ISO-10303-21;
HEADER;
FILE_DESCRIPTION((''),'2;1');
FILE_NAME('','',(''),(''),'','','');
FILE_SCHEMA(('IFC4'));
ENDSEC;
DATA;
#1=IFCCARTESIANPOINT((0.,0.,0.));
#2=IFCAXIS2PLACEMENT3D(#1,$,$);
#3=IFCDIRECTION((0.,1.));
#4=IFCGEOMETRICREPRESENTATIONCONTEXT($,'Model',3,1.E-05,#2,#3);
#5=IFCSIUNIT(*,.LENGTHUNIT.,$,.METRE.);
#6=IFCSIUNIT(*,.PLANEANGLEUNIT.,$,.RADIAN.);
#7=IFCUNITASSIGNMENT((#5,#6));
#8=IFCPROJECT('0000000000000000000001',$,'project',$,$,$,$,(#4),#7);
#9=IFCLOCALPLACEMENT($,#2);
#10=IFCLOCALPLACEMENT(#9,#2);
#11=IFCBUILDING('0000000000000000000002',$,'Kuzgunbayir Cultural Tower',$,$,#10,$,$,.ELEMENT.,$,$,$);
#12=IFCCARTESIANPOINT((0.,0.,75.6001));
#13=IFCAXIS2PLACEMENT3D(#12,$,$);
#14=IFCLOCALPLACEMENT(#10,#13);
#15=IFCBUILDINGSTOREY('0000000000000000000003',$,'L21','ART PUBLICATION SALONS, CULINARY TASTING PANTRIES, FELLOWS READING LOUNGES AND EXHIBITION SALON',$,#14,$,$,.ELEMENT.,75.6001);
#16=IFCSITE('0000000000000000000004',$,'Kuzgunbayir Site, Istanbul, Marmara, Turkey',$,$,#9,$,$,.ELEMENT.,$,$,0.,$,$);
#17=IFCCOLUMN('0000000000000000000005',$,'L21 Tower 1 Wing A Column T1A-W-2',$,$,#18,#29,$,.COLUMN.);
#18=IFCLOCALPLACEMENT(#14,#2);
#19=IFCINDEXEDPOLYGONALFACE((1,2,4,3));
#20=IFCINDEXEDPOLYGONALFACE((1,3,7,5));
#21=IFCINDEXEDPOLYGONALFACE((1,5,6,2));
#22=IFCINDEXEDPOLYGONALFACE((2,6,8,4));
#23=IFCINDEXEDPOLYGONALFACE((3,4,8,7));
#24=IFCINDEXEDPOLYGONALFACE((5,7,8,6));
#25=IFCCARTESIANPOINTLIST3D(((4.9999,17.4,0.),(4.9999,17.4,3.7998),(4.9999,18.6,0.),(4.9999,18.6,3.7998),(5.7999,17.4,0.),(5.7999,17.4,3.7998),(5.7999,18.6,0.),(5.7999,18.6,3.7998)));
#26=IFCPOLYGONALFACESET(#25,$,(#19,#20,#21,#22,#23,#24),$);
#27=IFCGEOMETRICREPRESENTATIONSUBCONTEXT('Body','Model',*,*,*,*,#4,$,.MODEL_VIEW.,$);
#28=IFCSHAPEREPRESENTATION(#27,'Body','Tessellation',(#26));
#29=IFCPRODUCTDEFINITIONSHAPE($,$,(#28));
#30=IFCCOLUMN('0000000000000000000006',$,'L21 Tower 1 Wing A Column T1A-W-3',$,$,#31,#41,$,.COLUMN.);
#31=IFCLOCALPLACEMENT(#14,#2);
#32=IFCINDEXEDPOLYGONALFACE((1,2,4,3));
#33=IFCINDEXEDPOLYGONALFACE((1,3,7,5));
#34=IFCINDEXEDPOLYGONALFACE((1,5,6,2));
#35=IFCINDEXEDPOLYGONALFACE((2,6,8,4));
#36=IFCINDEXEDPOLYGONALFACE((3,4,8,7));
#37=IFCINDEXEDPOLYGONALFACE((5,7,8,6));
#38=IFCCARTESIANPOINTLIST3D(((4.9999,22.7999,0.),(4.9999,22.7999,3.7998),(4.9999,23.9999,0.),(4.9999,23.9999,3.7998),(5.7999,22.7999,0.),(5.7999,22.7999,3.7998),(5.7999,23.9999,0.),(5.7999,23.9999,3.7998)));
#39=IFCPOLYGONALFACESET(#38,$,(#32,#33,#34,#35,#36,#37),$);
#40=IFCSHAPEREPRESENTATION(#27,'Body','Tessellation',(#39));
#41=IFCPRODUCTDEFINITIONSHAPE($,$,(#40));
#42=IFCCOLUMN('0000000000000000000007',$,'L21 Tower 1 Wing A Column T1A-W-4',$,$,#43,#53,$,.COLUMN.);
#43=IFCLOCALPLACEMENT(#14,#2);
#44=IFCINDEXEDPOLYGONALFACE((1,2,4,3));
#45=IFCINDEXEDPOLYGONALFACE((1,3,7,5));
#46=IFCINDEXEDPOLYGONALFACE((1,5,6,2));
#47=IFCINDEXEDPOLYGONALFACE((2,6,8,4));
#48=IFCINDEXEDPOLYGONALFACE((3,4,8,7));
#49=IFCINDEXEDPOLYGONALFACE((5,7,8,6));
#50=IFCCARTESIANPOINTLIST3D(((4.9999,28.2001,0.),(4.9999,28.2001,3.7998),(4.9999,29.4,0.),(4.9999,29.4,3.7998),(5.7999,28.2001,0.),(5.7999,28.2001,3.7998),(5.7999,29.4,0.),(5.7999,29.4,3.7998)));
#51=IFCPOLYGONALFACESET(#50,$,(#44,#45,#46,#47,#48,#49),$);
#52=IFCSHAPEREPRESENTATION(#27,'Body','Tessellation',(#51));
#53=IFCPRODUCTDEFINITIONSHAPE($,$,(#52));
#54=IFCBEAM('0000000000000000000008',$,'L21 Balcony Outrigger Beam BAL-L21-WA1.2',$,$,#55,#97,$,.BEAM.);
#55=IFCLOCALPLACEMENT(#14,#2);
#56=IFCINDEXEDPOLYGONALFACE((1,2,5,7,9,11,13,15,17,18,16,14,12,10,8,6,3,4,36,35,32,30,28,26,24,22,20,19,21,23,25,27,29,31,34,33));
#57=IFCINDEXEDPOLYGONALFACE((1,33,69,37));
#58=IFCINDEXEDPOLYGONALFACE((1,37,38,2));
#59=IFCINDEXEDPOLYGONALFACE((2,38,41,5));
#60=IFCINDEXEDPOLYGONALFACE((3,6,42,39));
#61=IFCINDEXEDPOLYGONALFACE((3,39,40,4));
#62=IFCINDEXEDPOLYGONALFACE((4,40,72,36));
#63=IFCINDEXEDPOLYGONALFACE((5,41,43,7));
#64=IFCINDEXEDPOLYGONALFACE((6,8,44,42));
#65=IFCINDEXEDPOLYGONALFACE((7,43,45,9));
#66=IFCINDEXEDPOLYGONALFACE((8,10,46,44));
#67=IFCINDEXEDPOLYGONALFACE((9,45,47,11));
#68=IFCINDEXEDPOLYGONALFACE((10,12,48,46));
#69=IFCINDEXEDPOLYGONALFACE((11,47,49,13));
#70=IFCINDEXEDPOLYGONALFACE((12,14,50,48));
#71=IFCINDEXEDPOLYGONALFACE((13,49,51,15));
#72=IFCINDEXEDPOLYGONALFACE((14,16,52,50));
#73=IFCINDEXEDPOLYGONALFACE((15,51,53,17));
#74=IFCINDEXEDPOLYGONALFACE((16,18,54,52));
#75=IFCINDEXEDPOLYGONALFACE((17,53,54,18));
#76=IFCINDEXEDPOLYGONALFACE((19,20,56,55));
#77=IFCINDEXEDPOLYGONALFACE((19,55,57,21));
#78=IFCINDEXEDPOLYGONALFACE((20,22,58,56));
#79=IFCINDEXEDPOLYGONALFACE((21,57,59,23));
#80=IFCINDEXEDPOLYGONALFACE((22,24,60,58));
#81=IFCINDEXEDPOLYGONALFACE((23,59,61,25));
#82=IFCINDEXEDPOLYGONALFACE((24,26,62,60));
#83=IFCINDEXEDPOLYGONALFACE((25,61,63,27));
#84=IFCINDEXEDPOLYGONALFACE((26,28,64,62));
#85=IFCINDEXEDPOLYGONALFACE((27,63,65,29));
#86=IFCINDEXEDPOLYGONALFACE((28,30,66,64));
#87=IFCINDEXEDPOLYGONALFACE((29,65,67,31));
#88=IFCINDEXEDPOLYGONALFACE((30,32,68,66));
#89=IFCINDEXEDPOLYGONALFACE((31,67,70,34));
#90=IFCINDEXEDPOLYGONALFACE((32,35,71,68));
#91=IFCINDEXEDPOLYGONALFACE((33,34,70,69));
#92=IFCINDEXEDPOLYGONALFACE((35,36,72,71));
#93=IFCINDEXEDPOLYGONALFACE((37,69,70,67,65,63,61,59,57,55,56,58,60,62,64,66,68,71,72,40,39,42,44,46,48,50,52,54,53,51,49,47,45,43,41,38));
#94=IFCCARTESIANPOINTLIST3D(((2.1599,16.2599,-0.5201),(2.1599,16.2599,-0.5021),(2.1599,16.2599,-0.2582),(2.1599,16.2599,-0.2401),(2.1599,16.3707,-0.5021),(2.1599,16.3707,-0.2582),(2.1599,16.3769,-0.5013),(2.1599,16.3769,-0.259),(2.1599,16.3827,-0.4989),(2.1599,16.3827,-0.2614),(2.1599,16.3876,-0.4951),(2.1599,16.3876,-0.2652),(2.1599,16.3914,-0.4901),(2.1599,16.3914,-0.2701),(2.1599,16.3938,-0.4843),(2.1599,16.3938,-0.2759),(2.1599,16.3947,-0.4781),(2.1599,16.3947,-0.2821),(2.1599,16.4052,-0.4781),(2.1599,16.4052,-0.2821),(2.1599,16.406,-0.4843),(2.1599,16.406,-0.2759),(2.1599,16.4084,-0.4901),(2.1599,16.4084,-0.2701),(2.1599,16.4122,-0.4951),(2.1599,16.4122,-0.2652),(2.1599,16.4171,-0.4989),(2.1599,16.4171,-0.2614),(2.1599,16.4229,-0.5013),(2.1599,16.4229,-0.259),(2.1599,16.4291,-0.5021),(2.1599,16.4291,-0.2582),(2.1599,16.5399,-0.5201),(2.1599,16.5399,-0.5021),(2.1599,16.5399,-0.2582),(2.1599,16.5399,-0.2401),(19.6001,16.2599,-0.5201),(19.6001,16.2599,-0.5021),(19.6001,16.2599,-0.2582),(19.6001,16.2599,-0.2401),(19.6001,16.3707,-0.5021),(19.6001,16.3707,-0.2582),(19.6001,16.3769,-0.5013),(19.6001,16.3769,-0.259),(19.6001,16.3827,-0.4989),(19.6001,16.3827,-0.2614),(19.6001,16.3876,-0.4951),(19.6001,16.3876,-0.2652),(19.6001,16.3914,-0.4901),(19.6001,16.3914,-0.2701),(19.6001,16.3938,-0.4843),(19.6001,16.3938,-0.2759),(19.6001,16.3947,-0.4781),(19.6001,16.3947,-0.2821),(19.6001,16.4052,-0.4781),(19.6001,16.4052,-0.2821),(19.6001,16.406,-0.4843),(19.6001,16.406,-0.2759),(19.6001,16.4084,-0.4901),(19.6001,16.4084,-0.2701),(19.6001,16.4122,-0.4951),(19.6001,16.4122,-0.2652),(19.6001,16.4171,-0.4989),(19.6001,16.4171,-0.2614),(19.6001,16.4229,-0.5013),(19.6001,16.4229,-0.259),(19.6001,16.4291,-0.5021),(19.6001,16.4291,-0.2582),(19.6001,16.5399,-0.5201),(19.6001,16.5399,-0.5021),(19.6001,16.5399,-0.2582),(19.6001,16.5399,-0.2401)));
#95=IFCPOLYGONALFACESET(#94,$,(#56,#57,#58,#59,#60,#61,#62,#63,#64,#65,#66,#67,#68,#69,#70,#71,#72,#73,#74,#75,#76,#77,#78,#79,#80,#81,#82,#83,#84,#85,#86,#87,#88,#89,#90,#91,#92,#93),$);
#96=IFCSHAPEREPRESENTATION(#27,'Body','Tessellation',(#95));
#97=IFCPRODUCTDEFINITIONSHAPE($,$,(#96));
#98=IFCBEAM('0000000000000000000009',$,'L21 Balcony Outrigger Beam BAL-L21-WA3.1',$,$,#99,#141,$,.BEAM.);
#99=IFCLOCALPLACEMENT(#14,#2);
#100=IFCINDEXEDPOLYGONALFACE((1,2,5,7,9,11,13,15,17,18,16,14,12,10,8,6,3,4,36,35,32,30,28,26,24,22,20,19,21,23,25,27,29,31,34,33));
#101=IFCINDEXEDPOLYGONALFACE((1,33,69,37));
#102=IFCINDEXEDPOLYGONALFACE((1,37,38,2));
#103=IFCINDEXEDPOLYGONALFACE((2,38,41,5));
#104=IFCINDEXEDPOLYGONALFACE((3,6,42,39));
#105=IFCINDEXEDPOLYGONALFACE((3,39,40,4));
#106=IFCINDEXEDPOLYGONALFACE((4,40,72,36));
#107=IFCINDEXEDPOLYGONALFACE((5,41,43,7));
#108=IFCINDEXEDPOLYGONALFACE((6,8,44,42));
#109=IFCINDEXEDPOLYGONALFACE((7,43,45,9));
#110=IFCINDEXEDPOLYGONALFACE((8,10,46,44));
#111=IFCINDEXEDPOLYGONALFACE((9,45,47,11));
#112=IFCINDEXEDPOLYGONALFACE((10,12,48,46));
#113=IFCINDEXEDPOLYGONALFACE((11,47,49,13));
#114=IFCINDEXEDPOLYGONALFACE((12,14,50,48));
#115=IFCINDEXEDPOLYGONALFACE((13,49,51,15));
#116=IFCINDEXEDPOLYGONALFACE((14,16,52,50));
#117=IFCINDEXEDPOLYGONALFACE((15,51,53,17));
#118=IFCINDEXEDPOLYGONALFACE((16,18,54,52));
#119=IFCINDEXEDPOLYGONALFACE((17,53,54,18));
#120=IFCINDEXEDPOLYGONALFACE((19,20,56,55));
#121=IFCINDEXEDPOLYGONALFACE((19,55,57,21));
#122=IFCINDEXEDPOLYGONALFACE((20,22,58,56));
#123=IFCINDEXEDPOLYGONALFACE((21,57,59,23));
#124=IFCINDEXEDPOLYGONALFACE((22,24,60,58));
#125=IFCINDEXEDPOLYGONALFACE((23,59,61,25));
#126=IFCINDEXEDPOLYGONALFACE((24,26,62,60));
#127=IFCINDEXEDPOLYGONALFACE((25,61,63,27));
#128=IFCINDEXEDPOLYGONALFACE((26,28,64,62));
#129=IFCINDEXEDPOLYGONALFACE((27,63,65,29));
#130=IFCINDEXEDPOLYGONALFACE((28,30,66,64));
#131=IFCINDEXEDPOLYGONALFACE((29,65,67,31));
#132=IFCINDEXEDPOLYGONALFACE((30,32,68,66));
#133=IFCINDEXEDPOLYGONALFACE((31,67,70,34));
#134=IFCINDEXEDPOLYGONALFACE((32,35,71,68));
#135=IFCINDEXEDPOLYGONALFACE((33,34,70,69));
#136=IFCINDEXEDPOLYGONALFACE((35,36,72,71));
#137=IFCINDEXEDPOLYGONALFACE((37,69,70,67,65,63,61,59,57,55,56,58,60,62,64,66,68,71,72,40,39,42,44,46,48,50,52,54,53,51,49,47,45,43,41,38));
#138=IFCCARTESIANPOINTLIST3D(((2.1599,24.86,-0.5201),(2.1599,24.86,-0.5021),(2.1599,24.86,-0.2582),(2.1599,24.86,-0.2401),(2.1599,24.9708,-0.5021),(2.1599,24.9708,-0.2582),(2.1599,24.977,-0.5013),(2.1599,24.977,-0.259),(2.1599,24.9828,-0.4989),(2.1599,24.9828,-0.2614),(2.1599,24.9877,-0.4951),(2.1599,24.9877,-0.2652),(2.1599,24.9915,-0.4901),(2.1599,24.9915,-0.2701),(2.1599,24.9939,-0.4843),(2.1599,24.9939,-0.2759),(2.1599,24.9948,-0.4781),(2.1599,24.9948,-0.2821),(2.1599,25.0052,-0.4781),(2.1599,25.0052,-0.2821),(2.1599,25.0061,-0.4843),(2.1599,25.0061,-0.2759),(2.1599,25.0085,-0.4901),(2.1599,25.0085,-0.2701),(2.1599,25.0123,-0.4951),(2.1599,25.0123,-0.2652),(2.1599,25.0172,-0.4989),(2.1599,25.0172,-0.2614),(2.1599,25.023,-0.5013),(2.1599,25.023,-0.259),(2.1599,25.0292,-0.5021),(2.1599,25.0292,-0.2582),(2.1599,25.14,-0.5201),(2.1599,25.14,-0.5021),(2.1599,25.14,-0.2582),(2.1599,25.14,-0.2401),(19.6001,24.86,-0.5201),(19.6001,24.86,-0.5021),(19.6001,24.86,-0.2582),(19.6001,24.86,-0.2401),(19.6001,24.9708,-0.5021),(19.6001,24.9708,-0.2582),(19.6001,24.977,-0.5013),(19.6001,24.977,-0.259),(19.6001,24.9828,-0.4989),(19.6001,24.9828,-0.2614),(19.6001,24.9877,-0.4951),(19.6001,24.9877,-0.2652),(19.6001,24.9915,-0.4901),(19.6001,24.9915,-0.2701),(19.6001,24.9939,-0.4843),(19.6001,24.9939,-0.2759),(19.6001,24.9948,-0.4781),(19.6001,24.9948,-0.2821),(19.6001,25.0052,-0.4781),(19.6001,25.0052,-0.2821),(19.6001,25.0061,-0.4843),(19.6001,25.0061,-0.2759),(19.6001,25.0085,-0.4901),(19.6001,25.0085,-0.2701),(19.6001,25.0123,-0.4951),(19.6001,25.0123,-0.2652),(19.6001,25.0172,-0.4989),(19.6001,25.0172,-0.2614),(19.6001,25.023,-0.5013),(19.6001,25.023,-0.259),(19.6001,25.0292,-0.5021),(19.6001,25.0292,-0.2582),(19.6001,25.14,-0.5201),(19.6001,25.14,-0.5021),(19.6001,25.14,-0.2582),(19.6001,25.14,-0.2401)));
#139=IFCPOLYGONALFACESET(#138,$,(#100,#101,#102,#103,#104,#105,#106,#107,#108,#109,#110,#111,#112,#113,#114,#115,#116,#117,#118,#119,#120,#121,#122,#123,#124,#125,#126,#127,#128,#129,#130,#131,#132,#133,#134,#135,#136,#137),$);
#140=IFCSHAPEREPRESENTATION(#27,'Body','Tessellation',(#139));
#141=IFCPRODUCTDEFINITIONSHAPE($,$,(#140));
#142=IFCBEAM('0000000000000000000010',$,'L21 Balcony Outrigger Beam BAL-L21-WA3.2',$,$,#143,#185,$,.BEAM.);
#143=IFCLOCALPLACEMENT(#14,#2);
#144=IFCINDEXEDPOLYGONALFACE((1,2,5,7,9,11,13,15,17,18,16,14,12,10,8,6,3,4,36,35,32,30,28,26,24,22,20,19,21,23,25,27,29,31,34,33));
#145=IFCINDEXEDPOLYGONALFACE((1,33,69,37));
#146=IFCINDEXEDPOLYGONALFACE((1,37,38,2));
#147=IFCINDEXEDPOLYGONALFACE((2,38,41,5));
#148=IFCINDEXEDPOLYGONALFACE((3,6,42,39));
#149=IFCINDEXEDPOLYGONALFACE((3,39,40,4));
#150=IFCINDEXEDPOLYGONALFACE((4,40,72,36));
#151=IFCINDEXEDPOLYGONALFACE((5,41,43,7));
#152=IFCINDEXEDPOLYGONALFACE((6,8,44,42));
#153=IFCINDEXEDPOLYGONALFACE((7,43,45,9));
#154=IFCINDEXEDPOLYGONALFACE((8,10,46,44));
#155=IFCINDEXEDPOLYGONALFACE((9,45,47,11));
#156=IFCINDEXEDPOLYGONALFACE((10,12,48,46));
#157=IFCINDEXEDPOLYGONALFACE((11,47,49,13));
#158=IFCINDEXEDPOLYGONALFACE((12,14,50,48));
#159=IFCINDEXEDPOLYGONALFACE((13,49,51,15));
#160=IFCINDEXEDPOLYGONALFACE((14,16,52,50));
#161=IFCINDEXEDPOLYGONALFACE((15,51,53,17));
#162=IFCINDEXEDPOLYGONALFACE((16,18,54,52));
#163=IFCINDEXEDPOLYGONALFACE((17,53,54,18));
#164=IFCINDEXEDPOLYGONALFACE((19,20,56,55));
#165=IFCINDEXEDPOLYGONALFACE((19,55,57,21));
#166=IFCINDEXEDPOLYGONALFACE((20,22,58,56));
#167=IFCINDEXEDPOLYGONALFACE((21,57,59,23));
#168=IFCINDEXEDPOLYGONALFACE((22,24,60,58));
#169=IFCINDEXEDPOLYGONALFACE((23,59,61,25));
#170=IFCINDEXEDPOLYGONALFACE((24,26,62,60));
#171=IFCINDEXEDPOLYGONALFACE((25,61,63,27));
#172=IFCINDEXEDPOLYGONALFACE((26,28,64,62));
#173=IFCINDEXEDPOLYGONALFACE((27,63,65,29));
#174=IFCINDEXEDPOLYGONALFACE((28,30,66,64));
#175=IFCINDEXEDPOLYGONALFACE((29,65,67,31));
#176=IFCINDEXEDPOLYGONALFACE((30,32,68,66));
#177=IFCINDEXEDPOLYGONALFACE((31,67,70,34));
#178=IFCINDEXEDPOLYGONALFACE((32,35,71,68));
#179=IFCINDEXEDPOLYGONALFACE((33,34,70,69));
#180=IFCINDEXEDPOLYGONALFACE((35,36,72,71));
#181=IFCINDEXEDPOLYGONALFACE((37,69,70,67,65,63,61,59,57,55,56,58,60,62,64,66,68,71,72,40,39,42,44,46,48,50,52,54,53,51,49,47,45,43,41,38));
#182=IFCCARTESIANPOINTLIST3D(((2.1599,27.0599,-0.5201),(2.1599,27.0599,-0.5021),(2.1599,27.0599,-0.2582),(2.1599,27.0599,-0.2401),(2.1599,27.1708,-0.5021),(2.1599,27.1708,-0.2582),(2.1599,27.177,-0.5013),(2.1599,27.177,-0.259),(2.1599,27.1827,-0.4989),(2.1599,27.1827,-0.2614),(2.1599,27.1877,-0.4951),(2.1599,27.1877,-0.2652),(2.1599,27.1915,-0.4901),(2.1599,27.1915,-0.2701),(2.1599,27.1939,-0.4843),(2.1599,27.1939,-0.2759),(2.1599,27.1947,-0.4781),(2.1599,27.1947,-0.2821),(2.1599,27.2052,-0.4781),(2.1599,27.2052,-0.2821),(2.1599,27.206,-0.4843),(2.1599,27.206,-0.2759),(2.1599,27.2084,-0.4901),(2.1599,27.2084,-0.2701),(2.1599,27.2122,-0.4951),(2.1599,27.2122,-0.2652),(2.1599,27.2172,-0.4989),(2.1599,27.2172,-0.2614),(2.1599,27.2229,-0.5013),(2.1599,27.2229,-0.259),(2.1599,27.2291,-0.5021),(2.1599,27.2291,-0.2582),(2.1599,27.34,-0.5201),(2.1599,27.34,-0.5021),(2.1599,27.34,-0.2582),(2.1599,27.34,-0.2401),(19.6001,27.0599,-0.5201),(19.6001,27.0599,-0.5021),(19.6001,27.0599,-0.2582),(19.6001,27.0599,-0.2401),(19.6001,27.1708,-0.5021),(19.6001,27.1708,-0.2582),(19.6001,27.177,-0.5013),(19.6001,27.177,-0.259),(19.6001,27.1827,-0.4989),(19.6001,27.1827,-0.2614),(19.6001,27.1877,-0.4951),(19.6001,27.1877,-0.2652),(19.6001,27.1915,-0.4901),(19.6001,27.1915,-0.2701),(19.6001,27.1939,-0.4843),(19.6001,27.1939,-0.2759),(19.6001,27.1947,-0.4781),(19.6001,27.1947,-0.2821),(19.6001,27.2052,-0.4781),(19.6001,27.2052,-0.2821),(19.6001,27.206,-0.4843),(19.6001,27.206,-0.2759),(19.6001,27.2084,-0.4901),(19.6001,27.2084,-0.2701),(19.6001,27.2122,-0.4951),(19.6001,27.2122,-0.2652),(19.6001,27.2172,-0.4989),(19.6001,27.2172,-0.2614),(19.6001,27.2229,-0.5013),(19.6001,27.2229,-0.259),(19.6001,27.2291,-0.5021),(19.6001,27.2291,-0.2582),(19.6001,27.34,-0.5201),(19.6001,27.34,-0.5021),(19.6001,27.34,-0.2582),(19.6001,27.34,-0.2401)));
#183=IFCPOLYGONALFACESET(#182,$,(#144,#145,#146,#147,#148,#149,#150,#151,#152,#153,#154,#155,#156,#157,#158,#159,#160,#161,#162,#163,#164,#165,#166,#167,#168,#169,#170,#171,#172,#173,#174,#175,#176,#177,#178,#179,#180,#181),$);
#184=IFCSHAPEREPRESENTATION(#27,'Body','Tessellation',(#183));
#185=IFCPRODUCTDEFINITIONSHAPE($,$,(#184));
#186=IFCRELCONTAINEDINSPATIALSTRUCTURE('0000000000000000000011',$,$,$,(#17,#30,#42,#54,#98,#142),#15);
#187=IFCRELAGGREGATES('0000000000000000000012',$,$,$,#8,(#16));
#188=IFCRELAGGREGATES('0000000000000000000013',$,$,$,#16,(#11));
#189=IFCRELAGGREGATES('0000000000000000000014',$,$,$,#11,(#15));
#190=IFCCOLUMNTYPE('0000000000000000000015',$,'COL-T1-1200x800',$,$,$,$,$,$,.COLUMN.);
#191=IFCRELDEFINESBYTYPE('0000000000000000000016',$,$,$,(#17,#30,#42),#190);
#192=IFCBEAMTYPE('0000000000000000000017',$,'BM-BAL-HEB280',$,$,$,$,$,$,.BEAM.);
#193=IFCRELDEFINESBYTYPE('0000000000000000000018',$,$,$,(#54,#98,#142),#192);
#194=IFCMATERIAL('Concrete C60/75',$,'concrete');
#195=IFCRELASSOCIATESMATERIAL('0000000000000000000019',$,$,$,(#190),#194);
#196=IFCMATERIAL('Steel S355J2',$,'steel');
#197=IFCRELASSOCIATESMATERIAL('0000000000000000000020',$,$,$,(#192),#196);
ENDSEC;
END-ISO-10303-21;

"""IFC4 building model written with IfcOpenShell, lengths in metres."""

from ifc_helpers import new_model, si_unit, direction, frame, origin, origin_2d, place, context, subcontext, project, spatial, rectangle, i_section, extrude, material, material_profile, profile_set, type_object, element, save


model = new_model("IFC4")

# Units and contexts
model_context = context("Model", 3, precision=1e-05, world=origin(), true_north=direction((0.0, 1.0)))
body_context = subcontext(model_context, "Body", "Model", "MODEL_VIEW")
ifc_project = project(units=[si_unit("LENGTHUNIT", "METRE"), si_unit("PLANEANGLEUNIT", "RADIAN")], contexts=[model_context])

# Site, building, storey
site_placement = place(None, origin())
site = spatial("IfcSite", under=ifc_project, at=site_placement, Name="Kuzgunbayir Site, Istanbul, Marmara, Turkey", CompositionType="ELEMENT", RefElevation=0.0)
building_placement = place(site_placement, origin())
building = spatial("IfcBuilding", under=site, at=building_placement, Name="Kuzgunbayir Cultural Tower", CompositionType="ELEMENT")
storey_placement = place(building_placement, frame((0.0, 0.0, 75.6001)))
storey = spatial("IfcBuildingStorey", under=building, at=storey_placement, Name="L21", Description="ART PUBLICATION SALONS, CULINARY TASTING PANTRIES, FELLOWS READING LOUNGES AND EXHIBITION SALON", CompositionType="ELEMENT", Elevation=75.6001)

# Columns
ifc_material_1 = material(Name="Concrete C60/75", Category="concrete")
ifc_material_profile_1 = material_profile(ifc_material_1, rectangle(XDim=0.8, YDim=1.2, at=origin_2d()), Name="RC 1200x800")
ifc_profile_set_1 = profile_set([ifc_material_profile_1], Name="Concrete C60/75")
column_type = type_object("IfcColumnType", Name="COL-T1-1200x800", PredefinedType="COLUMN", material=ifc_profile_set_1)
for number, where, z_axis, x_axis, name in (
    (1, (5.3999, 18.0, 0.0), (0.0, 0.0, 1.0), (1.0, 0.0, 0.0), "L21 Tower 1 Wing A Column T1A-W-2"),
    (2, (5.3999, 23.3999, 0.0), (0.0, 0.0, 1.0), (1.0, 0.0, 0.0), "L21 Tower 1 Wing A Column T1A-W-3"),
    (3, (5.3999, 28.8, 0.0), (0.0, 0.0, 1.0), (1.0, 0.0, 0.0), "L21 Tower 1 Wing A Column T1A-W-4"),
):
    element("IfcColumn", number, at=place(storey_placement, frame(where, z_axis=z_axis, x_axis=x_axis)), inside=storey, type_object=column_type, Name=name, PredefinedType="COLUMN", context=body_context, shape_type="SweptSolid", body=[
        extrude(rectangle(XDim=0.8, YDim=1.2, at=origin_2d()), origin(), (0.0, 0.0, 1.0), 3.7998),
    ])

# Beams
ifc_material_2 = material(Name="Steel S355J2", Category="steel")
ifc_material_profile_2 = material_profile(ifc_material_2, i_section(OverallWidth=0.28, OverallDepth=0.28, WebThickness=0.0105, FlangeThickness=0.0181, FilletRadius=0.0239, at=origin_2d()), Name="HEB 280")
ifc_profile_set_2 = profile_set([ifc_material_profile_2], Name="Steel S355J2")
beam_type_1 = type_object("IfcBeamType", Name="BM-BAL-HEB280", PredefinedType="BEAM", material=ifc_profile_set_2)
for number, where, z_axis, x_axis, name in (
    (4, (2.1599, 16.3999, -0.3801), (1.0, 0.0, 0.0), (0.0, 1.0, 0.0), "L21 Balcony Outrigger Beam BAL-L21-WA1.2"),
    (5, (2.1599, 25.0, -0.3801), (1.0, 0.0, 0.0), (0.0, 1.0, 0.0), "L21 Balcony Outrigger Beam BAL-L21-WA3.1"),
    (6, (2.1599, 27.2, -0.3801), (1.0, 0.0, 0.0), (0.0, 1.0, 0.0), "L21 Balcony Outrigger Beam BAL-L21-WA3.2"),
):
    element("IfcBeam", number, at=place(storey_placement, frame(where, z_axis=z_axis, x_axis=x_axis)), inside=storey, type_object=beam_type_1, Name=name, PredefinedType="BEAM", context=body_context, shape_type="SweptSolid", body=[
        extrude(i_section(OverallWidth=0.28, OverallDepth=0.28, WebThickness=0.0105, FlangeThickness=0.0181, FilletRadius=0.0239, at=origin_2d()), origin(), (0.0, 0.0, 1.0), 17.4402),
    ])

save(model, "model.ifc")
